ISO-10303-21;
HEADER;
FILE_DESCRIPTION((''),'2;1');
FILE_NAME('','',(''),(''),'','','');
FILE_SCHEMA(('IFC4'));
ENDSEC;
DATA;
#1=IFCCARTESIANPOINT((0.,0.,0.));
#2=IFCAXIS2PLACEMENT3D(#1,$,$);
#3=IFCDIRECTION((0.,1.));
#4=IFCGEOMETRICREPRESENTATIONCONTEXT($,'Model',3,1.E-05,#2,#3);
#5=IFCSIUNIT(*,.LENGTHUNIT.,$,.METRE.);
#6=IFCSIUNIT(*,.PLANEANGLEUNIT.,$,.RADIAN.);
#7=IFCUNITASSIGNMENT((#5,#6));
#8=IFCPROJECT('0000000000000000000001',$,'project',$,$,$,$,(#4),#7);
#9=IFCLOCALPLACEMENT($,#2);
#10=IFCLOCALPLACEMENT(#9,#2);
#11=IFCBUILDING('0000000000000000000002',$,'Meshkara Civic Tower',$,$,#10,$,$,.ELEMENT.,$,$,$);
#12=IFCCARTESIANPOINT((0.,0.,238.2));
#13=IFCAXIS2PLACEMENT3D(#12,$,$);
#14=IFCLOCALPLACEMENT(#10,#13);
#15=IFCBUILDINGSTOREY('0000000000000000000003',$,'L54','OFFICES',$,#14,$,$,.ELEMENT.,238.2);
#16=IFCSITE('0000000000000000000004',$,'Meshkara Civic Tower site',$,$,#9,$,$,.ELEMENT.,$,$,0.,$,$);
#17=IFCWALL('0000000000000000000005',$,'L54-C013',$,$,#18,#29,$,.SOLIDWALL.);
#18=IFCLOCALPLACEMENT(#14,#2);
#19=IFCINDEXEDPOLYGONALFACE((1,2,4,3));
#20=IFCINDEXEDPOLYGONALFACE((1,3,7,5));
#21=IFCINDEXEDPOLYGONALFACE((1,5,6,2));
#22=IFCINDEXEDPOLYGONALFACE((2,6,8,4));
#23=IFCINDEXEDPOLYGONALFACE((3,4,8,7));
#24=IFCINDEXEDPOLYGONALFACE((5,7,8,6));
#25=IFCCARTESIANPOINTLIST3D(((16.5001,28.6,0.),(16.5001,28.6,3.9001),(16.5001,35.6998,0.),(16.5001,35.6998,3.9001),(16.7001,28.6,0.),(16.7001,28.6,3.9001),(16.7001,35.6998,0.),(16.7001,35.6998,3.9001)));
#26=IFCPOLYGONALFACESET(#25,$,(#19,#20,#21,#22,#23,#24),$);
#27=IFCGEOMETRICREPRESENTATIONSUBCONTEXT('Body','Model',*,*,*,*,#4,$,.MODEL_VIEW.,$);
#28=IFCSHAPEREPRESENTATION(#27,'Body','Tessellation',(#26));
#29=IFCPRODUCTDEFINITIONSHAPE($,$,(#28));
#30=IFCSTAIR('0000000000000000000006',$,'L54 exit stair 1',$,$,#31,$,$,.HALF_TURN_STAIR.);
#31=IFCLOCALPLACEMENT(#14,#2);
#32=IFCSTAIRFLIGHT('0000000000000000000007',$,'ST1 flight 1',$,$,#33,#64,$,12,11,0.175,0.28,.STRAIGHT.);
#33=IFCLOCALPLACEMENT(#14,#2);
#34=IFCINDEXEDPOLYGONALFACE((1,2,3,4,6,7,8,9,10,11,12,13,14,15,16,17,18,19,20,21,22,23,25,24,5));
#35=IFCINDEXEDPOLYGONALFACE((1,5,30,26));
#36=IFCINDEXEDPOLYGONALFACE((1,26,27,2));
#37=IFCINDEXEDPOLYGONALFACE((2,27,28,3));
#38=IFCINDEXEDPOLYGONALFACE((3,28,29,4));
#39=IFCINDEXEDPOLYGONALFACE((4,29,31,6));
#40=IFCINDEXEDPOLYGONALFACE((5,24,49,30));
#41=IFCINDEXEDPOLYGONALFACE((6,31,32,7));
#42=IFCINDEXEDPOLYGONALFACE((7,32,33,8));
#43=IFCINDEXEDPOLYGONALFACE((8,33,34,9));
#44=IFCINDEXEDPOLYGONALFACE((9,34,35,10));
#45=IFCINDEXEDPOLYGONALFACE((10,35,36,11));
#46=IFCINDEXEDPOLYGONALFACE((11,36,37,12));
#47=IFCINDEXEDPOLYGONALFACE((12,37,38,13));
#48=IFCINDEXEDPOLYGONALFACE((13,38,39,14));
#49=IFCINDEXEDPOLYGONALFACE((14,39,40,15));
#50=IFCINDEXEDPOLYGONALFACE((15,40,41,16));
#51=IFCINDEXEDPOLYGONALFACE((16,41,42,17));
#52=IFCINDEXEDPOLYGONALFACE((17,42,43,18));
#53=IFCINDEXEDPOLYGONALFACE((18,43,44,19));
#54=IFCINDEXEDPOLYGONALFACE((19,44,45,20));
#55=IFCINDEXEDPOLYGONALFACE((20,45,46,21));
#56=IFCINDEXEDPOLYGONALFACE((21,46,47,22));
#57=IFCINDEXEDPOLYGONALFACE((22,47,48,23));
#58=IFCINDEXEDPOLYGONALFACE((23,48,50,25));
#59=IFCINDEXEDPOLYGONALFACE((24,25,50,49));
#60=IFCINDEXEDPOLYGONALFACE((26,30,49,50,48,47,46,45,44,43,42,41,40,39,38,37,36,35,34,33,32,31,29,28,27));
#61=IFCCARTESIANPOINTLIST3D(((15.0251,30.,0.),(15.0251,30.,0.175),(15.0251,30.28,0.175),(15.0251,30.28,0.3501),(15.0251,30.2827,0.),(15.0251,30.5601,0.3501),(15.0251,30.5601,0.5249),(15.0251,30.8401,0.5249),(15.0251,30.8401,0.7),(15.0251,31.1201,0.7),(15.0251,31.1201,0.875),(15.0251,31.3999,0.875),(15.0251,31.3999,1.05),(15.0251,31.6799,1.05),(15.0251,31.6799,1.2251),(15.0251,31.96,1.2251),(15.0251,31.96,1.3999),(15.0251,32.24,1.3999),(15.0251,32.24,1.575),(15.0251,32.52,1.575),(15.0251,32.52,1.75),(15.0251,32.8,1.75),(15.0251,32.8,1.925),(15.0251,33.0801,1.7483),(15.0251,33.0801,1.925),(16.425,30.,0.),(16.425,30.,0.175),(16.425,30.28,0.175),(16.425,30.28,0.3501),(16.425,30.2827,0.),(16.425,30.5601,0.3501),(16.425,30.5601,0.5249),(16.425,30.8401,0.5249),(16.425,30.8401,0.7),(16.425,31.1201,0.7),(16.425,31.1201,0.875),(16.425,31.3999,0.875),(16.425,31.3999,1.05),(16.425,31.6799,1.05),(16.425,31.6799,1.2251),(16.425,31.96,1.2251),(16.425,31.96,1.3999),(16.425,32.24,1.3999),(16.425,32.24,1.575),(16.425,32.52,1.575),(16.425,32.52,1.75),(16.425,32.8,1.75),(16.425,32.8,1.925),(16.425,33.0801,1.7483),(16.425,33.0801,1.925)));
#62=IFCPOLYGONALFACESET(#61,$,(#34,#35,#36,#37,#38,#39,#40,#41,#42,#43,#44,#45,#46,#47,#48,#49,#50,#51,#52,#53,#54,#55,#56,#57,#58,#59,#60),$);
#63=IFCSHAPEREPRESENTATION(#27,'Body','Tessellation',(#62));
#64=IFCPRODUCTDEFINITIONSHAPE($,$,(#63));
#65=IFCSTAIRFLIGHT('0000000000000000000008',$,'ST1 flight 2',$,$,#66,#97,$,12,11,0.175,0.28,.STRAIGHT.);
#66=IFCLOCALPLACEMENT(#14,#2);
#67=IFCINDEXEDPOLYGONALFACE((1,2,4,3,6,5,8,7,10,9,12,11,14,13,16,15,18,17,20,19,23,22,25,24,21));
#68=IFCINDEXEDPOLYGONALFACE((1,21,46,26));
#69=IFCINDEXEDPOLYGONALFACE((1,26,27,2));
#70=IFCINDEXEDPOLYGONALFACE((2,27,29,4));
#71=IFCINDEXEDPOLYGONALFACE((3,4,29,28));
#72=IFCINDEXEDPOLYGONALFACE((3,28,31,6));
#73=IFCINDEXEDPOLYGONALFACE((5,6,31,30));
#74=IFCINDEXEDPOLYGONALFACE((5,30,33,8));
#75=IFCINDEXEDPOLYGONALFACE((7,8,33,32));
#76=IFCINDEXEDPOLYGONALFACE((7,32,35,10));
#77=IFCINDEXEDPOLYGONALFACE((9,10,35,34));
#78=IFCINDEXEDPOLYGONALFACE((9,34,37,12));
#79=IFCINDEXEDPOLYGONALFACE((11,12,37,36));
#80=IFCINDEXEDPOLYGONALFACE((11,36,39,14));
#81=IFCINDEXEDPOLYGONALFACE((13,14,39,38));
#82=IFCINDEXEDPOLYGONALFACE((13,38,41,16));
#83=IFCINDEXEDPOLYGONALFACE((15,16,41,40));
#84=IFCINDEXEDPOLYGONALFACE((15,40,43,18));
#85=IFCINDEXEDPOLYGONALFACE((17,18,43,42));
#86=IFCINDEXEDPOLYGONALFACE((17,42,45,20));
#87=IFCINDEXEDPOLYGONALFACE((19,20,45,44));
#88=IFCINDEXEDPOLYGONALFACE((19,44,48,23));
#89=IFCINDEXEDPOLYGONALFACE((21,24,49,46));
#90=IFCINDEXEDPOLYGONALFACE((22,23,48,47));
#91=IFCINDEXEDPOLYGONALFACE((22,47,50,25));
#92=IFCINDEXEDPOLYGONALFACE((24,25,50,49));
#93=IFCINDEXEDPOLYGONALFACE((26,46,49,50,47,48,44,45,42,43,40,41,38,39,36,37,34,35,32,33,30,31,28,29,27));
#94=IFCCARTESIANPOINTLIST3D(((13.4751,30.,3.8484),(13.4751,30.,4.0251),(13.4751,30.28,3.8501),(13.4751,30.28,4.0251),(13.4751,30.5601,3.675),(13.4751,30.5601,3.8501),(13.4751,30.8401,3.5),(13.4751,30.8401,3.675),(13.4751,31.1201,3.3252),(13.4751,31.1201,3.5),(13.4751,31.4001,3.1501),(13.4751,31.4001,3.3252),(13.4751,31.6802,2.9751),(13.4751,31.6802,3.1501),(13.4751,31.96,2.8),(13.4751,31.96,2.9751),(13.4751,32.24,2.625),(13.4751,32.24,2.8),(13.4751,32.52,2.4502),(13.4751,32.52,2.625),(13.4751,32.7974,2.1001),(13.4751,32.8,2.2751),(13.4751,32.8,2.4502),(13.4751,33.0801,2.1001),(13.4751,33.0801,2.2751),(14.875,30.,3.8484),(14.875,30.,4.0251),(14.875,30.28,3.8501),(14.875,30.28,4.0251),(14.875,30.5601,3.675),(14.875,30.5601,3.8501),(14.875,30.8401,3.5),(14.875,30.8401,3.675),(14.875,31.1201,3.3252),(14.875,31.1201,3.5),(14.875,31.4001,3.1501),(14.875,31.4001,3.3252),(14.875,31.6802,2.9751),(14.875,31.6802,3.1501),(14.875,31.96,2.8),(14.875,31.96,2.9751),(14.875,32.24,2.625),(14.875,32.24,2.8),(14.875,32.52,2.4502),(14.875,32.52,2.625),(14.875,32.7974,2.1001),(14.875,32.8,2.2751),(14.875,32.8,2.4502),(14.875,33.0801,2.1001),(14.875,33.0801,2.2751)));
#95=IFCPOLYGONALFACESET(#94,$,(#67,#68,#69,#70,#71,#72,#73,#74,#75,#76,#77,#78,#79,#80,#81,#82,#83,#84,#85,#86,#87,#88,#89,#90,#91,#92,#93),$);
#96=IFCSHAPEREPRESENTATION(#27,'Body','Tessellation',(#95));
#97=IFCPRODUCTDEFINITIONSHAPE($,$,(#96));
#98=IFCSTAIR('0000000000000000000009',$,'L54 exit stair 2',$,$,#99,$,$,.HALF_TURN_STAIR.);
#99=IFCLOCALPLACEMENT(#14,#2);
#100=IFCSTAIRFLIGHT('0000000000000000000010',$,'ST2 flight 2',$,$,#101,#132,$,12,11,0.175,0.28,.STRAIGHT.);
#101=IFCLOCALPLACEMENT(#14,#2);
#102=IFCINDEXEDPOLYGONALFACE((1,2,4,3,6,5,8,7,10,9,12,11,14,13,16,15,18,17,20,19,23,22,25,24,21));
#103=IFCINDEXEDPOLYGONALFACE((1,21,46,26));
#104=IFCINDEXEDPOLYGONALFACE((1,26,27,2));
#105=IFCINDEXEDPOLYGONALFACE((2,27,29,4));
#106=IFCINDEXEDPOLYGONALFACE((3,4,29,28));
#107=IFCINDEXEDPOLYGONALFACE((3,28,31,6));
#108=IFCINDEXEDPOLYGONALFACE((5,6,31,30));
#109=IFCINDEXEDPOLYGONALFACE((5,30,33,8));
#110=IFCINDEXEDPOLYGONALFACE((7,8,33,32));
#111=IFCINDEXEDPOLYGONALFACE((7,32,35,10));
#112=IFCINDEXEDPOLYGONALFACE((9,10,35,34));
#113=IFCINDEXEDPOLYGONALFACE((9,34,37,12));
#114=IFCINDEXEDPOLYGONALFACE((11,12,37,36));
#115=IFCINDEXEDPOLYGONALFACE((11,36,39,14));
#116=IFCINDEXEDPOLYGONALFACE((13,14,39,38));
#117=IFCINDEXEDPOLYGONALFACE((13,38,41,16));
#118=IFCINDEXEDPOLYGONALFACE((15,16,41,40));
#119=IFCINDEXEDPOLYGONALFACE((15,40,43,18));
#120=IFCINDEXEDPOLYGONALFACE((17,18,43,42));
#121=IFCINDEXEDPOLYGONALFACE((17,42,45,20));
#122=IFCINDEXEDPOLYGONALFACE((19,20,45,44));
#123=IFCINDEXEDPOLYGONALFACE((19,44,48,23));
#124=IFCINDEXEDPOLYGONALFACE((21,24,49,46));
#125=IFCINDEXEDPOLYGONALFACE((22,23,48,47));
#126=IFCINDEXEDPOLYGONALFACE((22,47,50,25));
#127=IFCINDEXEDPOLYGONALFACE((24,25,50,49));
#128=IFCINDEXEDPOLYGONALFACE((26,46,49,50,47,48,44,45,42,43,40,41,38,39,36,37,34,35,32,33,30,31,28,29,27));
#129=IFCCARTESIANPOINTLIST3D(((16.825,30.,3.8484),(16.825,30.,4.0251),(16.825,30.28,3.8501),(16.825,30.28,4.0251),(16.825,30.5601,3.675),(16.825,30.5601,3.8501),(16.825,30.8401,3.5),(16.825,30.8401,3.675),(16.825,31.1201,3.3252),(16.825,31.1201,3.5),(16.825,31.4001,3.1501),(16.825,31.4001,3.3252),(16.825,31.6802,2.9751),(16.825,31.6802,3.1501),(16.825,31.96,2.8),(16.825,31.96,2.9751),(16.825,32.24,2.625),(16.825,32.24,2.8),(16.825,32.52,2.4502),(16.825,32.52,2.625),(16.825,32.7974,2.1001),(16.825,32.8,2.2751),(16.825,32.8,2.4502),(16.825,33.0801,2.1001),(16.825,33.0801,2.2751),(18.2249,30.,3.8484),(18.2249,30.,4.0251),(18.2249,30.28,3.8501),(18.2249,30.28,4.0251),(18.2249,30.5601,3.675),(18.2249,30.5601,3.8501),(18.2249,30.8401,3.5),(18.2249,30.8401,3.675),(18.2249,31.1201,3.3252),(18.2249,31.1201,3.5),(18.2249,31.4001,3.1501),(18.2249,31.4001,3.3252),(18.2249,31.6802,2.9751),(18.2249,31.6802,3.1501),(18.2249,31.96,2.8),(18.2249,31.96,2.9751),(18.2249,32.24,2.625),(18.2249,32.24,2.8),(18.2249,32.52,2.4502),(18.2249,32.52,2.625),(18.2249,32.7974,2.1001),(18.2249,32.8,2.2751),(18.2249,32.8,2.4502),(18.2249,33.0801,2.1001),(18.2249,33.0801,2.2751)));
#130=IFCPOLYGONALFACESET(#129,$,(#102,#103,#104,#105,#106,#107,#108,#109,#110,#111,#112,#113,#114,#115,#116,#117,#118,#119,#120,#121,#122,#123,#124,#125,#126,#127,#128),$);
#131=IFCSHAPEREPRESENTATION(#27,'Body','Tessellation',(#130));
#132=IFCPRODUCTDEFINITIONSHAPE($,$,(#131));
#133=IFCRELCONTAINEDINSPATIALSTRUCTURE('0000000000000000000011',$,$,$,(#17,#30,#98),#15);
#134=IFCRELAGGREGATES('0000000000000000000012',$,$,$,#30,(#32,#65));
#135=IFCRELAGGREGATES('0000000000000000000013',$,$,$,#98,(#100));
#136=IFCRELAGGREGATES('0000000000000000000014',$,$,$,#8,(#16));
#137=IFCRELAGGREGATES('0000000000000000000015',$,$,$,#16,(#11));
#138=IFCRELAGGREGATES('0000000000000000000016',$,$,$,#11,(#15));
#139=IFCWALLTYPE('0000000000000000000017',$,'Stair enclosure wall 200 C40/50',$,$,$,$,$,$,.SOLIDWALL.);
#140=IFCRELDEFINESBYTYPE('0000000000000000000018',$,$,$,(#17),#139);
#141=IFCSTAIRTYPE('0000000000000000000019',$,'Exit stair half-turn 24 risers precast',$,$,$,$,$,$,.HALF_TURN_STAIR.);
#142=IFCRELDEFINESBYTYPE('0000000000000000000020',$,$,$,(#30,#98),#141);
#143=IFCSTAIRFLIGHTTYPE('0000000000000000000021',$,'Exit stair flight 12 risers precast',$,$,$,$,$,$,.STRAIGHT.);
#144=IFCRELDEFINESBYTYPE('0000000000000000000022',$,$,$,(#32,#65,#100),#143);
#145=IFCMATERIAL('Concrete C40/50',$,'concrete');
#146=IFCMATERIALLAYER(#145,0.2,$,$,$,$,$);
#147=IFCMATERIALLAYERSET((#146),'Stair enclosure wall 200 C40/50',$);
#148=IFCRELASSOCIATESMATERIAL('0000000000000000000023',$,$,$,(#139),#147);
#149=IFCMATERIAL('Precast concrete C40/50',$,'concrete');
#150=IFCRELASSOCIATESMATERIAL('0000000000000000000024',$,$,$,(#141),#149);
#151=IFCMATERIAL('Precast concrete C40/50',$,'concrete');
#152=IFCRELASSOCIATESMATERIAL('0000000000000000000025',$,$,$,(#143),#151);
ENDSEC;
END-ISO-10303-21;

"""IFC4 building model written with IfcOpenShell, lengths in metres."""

from ifc_helpers import new_model, si_unit, direction, frame, frame_2d, origin, place, context, subcontext, project, spatial, polyline, rectangle, outline, extrude, material, layer, layer_set, type_object, element, aggregate, save


model = new_model("IFC4")

# Units and contexts
model_context = context("Model", 3, precision=1e-05, world=origin(), true_north=direction((0.0, 1.0)))
body_context = subcontext(model_context, "Body", "Model", "MODEL_VIEW")
ifc_project = project(units=[si_unit("LENGTHUNIT", "METRE"), si_unit("PLANEANGLEUNIT", "RADIAN")], contexts=[model_context])

# Site, building, storey
site_placement = place(None, origin())
site = spatial("IfcSite", under=ifc_project, at=site_placement, Name="Meshkara Civic Tower site", CompositionType="ELEMENT", RefElevation=0.0)
building_placement = place(site_placement, origin())
building = spatial("IfcBuilding", under=site, at=building_placement, Name="Meshkara Civic Tower", CompositionType="ELEMENT")
storey_placement = place(building_placement, frame((0.0, 0.0, 238.2)))
storey = spatial("IfcBuildingStorey", under=building, at=storey_placement, Name="L54", Description="OFFICES", CompositionType="ELEMENT", Elevation=238.2)

# Shared definitions
ifc_material_1 = material(Name="Concrete C40/50", Category="concrete")
ifc_layer_1 = layer(ifc_material_1, 0.2)
ifc_layer_set_1 = layer_set([ifc_layer_1], Name="Stair enclosure wall 200 C40/50")
wall_type_1 = type_object("IfcWallType", Name="Stair enclosure wall 200 C40/50", PredefinedType="SOLIDWALL", material=ifc_layer_set_1)

# Wall
wall_1_placement = place(storey_placement, frame((16.6001, 28.6001, 0.0), z_axis=(0.0, 0.0, 1.0), x_axis=(0.0, 1.0, 0.0)))
element("IfcWall", 1, at=wall_1_placement, inside=storey, type_object=wall_type_1, Name="L54-C013", PredefinedType="SOLIDWALL", context=body_context, shape_type="SweptSolid", body=[
    extrude(rectangle(XDim=7.0999, YDim=0.2, at=frame_2d((3.5498, 0.0))), origin(), (0.0, 0.0, 1.0), 3.9001),
])

# Stair, stair flights
ifc_material_2 = material(Name="Precast concrete C40/50", Category="concrete")
stair_type = type_object("IfcStairType", Name="Exit stair half-turn 24 risers precast", PredefinedType="HALF_TURN_STAIR", material=ifc_material_2)
stair_1_placement = place(storey_placement, origin())
stair_1 = element("IfcStair", 2, at=stair_1_placement, inside=storey, type_object=stair_type, Name="L54 exit stair 1", PredefinedType="HALF_TURN_STAIR")
ifc_material_3 = material(Name="Precast concrete C40/50", Category="concrete")
stair_flight_type = type_object("IfcStairFlightType", Name="Exit stair flight 12 risers precast", PredefinedType="STRAIGHT", material=ifc_material_3)
stair_flight_1_placement = place(storey_placement, frame((15.7251, 30.0, 0.0), z_axis=(0.0, 0.0, 1.0), x_axis=(0.0, 1.0, 0.0)))
stair_flight_1 = element("IfcStairFlight", 3, at=stair_flight_1_placement, type_object=stair_flight_type, Name="ST1 flight 1", NumberOfRisers=12, NumberOfTreads=11, PredefinedType="STRAIGHT", RiserHeight=0.175, TreadLength=0.28, context=body_context, shape_type="SweptSolid", body=[
    extrude(outline(polyline([(0.0, 0.0), (0.0, 0.175), (0.28, 0.175), (0.28, 0.3501), (0.5601, 0.3501), (0.5601, 0.5249), (0.8401, 0.5249), (0.8401, 0.7), (1.1201, 0.7), (1.1201, 0.875), (1.3999, 0.875), (1.3999, 1.05), (1.6799, 1.05), (1.6799, 1.2251), (1.96, 1.2251), (1.96, 1.3999), (2.24, 1.3999), (2.24, 1.575), (2.52, 1.575), (2.52, 1.75), (2.8, 1.75), (2.8, 1.925), (3.0801, 1.925), (3.0801, 2.1001), (3.0801, 1.7483), (0.2827, 0.0), (0.0, 0.0)])), frame((0.0, 0.7, 0.0), z_axis=(0.0, -1.0, 0.0), x_axis=(1.0, 0.0, 0.0)), (0.0, 0.0, 1.0), 1.3999),
])
stair_flight_2_placement = place(storey_placement, frame((14.175, 33.0801, 2.1001), z_axis=(0.0, 0.0, 1.0), x_axis=(0.0, -1.0, 0.0)))
stair_flight_2 = element("IfcStairFlight", 4, at=stair_flight_2_placement, type_object=stair_flight_type, Name="ST1 flight 2", NumberOfRisers=12, NumberOfTreads=11, PredefinedType="STRAIGHT", RiserHeight=0.175, TreadLength=0.28, context=body_context, shape_type="SweptSolid", body=[
    extrude(outline(polyline([(0.0, 0.0), (0.0, 0.175), (0.28, 0.175), (0.28, 0.3501), (0.5601, 0.3501), (0.5601, 0.5249), (0.8401, 0.5249), (0.8401, 0.7), (1.1201, 0.7), (1.1201, 0.875), (1.3999, 0.875), (1.3999, 1.05), (1.6799, 1.05), (1.6799, 1.2251), (1.96, 1.2251), (1.96, 1.3999), (2.24, 1.3999), (2.24, 1.575), (2.52, 1.575), (2.52, 1.75), (2.8, 1.75), (2.8, 1.925), (3.0801, 1.925), (3.0801, 2.1001), (3.0801, 1.7483), (0.2827, 0.0), (0.0, 0.0)])), frame((0.0, 0.7, 0.0), z_axis=(0.0, -1.0, 0.0), x_axis=(1.0, 0.0, 0.0)), (0.0, 0.0, 1.0), 1.3999),
])
aggregate(stair_1, [stair_flight_1, stair_flight_2])

# Stair, stair flight
stair_2_placement = place(storey_placement, origin())
stair_2 = element("IfcStair", 5, at=stair_2_placement, inside=storey, type_object=stair_type, Name="L54 exit stair 2", PredefinedType="HALF_TURN_STAIR")
stair_flight_3_placement = place(storey_placement, frame((17.5249, 33.0801, 2.1001), z_axis=(0.0, 0.0, 1.0), x_axis=(0.0, -1.0, 0.0)))
stair_flight_3 = element("IfcStairFlight", 6, at=stair_flight_3_placement, type_object=stair_flight_type, Name="ST2 flight 2", NumberOfRisers=12, NumberOfTreads=11, PredefinedType="STRAIGHT", RiserHeight=0.175, TreadLength=0.28, context=body_context, shape_type="SweptSolid", body=[
    extrude(outline(polyline([(0.0, 0.0), (0.0, 0.175), (0.28, 0.175), (0.28, 0.3501), (0.5601, 0.3501), (0.5601, 0.5249), (0.8401, 0.5249), (0.8401, 0.7), (1.1201, 0.7), (1.1201, 0.875), (1.3999, 0.875), (1.3999, 1.05), (1.6799, 1.05), (1.6799, 1.2251), (1.96, 1.2251), (1.96, 1.3999), (2.24, 1.3999), (2.24, 1.575), (2.52, 1.575), (2.52, 1.75), (2.8, 1.75), (2.8, 1.925), (3.0801, 1.925), (3.0801, 2.1001), (3.0801, 1.7483), (0.2827, 0.0), (0.0, 0.0)])), frame((0.0, 0.7, 0.0), z_axis=(0.0, -1.0, 0.0), x_axis=(1.0, 0.0, 0.0)), (0.0, 0.0, 1.0), 1.3999),
])
aggregate(stair_2, [stair_flight_3])

save(model, "model.ifc")
